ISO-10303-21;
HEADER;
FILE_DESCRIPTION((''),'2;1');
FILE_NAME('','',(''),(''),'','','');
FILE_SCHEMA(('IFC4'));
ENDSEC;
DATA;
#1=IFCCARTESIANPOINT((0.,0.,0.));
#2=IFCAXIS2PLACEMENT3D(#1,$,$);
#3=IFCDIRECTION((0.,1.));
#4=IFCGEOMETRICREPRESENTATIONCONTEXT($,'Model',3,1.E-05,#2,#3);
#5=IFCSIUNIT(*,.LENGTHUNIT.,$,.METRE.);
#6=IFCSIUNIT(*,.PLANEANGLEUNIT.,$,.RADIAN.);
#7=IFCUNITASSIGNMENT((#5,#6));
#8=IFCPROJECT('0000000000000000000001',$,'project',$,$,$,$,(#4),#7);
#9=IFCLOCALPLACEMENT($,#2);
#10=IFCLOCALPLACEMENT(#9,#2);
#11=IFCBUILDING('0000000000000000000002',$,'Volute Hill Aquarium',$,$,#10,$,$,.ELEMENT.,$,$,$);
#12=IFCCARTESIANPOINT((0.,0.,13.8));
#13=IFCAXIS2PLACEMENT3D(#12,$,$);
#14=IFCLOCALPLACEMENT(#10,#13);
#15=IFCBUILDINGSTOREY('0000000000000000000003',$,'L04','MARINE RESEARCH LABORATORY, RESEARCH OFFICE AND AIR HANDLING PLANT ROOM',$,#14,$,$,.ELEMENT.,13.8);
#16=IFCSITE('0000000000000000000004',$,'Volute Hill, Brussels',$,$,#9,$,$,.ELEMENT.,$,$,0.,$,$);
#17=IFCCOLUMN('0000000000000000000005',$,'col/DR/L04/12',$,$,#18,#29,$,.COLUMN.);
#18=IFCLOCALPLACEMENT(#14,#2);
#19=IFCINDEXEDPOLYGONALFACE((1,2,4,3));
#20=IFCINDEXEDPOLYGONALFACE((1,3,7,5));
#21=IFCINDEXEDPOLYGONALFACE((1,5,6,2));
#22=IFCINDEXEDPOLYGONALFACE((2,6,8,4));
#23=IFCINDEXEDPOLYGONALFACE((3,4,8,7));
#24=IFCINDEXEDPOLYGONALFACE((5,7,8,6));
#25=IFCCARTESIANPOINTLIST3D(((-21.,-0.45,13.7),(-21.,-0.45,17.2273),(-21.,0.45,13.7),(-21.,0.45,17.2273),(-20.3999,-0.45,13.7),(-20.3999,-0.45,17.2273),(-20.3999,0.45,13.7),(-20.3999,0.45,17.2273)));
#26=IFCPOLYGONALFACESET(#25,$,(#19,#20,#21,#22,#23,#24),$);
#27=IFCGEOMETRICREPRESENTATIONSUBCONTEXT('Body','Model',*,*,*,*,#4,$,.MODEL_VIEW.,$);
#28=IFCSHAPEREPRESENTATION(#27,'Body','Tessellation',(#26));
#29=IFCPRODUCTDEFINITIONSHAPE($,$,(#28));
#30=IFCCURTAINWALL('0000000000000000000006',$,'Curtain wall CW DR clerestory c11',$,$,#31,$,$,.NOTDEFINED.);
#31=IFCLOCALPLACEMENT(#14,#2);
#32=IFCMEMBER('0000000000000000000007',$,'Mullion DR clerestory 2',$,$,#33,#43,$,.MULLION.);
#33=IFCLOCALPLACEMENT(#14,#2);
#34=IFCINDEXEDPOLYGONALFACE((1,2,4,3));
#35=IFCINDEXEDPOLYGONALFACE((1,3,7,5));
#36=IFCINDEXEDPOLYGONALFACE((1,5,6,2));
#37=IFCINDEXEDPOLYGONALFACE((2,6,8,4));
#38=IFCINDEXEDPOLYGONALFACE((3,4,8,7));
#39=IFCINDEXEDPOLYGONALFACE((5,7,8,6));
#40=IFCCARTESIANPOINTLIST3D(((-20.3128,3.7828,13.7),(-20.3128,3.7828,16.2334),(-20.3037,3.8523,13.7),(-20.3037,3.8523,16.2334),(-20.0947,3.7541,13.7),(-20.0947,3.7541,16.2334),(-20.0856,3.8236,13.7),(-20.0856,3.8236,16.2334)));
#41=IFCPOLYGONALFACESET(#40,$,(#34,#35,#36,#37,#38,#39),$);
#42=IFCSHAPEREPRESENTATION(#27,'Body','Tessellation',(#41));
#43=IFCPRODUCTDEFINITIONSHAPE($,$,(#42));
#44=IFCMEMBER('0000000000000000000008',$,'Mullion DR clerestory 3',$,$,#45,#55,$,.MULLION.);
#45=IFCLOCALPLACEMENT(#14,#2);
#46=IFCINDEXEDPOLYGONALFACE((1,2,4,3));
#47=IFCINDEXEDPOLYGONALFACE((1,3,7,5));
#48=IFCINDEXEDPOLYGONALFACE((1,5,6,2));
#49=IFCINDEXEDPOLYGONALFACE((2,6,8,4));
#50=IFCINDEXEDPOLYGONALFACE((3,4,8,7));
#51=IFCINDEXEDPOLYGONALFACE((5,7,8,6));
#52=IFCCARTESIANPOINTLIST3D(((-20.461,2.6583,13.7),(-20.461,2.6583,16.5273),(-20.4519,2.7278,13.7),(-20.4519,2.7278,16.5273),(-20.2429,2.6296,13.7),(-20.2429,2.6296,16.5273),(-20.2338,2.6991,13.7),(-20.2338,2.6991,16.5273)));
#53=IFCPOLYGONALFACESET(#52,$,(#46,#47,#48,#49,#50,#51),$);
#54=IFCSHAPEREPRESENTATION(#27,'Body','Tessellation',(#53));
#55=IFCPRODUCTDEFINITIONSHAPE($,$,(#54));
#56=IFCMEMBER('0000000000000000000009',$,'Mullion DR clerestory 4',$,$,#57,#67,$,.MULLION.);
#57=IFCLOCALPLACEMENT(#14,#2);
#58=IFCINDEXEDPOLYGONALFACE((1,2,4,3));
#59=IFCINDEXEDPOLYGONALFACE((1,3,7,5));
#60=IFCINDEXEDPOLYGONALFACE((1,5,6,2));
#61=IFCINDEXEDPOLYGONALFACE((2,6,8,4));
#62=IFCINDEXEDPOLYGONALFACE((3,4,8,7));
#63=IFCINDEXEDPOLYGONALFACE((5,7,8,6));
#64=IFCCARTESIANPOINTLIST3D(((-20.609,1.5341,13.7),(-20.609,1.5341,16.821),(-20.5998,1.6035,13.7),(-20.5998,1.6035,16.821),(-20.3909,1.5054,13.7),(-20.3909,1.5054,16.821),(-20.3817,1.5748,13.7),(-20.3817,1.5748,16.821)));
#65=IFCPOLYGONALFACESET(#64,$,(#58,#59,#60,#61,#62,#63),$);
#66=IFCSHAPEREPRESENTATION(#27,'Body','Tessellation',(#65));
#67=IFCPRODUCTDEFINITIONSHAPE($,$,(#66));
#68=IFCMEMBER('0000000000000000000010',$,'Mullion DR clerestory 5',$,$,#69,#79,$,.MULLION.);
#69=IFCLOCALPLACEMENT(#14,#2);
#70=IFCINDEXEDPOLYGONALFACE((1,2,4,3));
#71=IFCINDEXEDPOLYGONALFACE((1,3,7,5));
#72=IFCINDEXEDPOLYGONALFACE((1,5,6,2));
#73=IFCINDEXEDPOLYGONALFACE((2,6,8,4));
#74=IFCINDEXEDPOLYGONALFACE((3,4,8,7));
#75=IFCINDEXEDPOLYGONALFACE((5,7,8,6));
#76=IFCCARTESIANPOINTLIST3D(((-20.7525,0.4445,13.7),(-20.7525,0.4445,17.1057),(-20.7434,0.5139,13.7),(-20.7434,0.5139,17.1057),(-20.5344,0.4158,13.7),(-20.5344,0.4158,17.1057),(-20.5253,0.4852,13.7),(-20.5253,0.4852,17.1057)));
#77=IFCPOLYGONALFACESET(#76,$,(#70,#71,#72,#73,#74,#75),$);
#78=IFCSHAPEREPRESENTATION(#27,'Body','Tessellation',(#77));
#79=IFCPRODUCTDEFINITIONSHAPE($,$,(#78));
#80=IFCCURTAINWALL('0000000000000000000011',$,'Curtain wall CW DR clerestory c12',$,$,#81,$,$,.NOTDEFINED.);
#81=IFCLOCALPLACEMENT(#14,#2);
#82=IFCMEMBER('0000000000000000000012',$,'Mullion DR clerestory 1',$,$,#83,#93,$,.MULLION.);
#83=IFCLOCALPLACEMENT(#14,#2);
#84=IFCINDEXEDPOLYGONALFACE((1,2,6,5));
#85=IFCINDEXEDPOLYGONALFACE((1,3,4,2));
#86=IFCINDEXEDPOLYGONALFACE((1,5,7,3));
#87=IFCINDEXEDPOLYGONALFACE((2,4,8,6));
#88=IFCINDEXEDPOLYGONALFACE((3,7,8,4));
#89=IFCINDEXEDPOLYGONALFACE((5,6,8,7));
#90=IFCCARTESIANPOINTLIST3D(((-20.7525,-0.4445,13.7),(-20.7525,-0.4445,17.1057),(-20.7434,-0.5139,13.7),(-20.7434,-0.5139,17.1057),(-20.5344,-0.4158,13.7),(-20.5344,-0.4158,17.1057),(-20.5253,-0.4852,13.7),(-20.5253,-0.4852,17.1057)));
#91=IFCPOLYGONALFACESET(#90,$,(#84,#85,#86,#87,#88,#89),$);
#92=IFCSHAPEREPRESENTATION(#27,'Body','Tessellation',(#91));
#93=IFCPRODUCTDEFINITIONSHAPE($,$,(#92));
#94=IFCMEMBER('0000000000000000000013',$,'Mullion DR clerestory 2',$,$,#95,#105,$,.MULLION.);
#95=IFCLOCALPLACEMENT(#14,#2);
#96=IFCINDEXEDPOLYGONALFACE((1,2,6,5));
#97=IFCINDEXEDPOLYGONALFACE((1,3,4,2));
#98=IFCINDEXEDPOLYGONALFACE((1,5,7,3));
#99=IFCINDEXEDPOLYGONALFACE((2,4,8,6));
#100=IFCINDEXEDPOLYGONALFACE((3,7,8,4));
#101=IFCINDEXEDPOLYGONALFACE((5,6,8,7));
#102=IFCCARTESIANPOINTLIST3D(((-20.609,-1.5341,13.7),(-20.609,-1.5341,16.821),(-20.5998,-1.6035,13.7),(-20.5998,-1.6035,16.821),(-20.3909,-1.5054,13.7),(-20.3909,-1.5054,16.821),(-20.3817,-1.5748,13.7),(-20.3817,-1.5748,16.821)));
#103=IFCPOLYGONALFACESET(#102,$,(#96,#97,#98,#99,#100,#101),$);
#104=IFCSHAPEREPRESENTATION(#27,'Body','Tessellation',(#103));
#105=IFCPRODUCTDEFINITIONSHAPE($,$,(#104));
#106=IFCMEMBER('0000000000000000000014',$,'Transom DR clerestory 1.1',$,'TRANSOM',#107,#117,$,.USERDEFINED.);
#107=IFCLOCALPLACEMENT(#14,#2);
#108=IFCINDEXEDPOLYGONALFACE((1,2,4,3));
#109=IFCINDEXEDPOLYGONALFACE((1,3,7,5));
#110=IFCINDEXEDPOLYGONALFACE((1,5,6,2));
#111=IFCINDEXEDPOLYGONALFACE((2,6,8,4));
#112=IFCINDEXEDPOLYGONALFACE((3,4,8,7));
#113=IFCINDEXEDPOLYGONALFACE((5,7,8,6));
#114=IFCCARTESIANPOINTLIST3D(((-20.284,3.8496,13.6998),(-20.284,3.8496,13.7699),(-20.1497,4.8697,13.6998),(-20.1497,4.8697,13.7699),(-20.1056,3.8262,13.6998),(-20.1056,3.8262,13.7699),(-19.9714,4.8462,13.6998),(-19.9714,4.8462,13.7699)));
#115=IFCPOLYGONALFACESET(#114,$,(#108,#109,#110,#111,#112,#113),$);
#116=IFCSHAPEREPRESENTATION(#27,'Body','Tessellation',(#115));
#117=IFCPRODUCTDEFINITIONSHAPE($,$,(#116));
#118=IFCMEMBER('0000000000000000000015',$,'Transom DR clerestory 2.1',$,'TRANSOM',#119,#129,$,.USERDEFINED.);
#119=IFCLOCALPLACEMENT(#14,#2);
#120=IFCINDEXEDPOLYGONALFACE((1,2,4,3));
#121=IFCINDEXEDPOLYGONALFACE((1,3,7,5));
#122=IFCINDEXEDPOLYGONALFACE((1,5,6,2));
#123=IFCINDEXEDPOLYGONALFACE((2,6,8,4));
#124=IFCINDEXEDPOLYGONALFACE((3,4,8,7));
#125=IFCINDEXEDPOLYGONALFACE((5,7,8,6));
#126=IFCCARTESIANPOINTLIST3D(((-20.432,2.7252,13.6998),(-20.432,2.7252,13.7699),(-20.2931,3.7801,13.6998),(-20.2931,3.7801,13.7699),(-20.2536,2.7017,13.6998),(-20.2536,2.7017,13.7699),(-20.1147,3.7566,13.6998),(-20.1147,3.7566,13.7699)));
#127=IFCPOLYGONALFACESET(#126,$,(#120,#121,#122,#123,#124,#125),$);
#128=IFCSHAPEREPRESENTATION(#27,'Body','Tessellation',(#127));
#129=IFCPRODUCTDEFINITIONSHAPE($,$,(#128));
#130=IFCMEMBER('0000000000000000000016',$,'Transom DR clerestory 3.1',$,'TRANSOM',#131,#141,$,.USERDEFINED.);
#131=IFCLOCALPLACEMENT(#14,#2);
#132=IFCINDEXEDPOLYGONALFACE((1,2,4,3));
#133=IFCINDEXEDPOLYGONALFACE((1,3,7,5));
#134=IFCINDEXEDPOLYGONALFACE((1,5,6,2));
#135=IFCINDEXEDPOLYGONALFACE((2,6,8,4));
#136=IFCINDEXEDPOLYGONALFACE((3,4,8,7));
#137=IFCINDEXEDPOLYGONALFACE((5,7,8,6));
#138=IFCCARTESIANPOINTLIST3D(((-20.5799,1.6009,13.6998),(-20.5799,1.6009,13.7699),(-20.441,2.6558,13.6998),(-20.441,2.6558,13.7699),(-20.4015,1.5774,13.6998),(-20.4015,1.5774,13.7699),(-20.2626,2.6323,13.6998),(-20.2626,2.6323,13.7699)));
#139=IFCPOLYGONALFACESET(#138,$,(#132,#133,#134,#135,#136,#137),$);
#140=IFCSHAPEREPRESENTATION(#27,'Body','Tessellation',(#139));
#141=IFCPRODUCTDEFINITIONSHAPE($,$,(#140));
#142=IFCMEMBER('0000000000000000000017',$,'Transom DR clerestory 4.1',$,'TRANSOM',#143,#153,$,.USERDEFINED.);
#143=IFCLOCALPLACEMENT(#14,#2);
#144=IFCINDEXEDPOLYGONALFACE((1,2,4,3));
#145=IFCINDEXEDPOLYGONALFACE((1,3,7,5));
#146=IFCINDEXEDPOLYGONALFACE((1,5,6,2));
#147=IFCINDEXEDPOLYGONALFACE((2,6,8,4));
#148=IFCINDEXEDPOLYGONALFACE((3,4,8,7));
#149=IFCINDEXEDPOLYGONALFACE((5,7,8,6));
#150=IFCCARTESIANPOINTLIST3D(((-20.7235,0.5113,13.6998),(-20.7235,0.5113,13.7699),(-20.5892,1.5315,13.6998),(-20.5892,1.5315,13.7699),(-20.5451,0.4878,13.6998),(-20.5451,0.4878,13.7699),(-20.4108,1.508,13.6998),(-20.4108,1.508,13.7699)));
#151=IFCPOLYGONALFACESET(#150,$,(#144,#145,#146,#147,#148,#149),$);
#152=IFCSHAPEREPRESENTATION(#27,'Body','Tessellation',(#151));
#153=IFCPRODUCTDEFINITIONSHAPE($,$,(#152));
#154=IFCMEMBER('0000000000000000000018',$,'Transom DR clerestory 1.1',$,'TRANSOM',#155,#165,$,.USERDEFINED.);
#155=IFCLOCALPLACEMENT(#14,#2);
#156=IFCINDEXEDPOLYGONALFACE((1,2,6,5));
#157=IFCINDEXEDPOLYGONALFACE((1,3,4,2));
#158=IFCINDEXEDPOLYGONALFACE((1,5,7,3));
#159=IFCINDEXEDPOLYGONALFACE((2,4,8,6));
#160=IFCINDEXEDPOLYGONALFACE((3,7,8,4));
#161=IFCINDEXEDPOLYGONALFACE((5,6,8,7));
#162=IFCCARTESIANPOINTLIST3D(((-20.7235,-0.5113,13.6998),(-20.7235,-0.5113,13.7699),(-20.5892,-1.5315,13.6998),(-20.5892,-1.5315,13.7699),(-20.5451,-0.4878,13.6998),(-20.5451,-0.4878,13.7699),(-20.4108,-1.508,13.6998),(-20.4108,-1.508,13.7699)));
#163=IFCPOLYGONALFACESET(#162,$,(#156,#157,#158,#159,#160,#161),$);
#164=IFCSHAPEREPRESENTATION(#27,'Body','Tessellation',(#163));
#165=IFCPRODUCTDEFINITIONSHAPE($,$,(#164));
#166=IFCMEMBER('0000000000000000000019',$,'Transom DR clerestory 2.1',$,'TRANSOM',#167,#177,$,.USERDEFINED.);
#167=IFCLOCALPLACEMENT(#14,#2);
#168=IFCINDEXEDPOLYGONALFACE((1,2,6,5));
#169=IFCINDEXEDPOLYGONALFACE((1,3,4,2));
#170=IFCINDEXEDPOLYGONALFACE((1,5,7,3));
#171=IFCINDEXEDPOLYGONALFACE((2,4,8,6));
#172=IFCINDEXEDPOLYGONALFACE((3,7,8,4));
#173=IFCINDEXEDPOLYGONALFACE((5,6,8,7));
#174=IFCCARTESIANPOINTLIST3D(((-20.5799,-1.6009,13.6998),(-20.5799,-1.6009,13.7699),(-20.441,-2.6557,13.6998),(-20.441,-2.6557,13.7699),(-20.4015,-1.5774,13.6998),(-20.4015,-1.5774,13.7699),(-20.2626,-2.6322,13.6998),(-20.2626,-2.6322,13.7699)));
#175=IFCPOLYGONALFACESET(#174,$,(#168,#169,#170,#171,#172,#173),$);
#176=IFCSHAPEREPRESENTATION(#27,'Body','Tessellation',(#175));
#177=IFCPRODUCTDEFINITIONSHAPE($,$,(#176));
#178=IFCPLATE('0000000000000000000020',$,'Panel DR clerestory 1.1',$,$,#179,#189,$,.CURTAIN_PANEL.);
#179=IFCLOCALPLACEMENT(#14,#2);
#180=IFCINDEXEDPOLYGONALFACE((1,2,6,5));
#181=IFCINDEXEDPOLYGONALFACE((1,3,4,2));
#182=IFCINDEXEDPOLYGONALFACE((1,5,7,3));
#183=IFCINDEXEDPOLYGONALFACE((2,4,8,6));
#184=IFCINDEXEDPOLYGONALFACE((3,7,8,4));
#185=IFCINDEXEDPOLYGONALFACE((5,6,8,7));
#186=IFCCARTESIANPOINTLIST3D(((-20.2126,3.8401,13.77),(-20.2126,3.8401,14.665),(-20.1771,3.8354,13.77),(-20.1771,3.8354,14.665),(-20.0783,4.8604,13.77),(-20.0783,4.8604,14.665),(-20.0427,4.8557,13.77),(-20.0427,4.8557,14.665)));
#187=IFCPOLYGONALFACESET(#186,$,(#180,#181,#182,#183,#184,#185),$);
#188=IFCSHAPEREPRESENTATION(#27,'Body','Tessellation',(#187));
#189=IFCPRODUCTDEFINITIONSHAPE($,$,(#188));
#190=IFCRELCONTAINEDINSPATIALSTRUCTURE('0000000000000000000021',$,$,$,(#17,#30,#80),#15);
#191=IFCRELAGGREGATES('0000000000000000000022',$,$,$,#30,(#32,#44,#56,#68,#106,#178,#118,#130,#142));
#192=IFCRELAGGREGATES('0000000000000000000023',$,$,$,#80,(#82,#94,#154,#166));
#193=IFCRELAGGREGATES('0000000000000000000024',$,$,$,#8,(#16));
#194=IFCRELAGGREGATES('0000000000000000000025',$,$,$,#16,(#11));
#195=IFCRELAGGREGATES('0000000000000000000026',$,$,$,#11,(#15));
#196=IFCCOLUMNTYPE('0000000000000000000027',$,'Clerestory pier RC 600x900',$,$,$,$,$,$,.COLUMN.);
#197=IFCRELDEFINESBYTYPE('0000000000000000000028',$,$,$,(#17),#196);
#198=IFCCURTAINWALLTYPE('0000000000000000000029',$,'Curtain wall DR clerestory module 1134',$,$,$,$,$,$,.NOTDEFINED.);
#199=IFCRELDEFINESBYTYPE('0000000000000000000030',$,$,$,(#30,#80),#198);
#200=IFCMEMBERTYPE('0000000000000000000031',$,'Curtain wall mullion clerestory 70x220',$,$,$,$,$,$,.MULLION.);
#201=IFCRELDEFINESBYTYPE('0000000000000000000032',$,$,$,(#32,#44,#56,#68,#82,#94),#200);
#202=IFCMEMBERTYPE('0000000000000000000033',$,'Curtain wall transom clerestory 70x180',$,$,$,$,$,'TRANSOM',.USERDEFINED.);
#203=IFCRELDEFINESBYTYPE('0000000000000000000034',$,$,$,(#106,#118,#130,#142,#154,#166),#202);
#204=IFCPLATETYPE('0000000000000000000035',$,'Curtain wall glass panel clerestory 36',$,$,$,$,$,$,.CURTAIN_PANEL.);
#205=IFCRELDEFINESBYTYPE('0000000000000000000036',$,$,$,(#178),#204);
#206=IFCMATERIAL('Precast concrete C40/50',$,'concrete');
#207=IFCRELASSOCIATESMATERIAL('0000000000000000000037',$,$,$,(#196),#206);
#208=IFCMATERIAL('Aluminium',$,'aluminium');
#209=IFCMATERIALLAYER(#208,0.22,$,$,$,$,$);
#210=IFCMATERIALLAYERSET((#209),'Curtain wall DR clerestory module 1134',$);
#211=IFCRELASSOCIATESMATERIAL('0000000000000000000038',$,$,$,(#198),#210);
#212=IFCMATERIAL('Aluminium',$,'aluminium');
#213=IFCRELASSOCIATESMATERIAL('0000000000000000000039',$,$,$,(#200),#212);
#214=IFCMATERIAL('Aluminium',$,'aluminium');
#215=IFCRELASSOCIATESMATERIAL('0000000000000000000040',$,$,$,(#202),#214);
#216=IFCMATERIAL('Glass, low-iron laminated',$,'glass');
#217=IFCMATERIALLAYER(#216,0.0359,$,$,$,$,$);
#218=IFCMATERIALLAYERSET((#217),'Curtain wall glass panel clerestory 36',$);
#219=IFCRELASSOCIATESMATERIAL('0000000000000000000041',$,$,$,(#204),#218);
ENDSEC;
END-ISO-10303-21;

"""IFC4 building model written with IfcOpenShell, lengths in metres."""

from ifc_helpers import new_model, si_unit, direction, frame, origin, origin_2d, place, context, subcontext, project, spatial, rectangle, extrude, material, layer, layer_set, material_profile, profile_set, type_object, element, aggregate, save


model = new_model("IFC4")

# Units and contexts
model_context = context("Model", 3, precision=1e-05, world=origin(), true_north=direction((0.0, 1.0)))
body_context = subcontext(model_context, "Body", "Model", "MODEL_VIEW")
ifc_project = project(units=[si_unit("LENGTHUNIT", "METRE"), si_unit("PLANEANGLEUNIT", "RADIAN")], contexts=[model_context])

# Site, building, storey
site_placement = place(None, origin())
site = spatial("IfcSite", under=ifc_project, at=site_placement, Name="Volute Hill, Brussels", CompositionType="ELEMENT", RefElevation=0.0)
building_placement = place(site_placement, origin())
building = spatial("IfcBuilding", under=site, at=building_placement, Name="Volute Hill Aquarium", CompositionType="ELEMENT")
storey_placement = place(building_placement, frame((0.0, 0.0, 13.8)))
storey = spatial("IfcBuildingStorey", under=building, at=storey_placement, Name="L04", Description="MARINE RESEARCH LABORATORY, RESEARCH OFFICE AND AIR HANDLING PLANT ROOM", CompositionType="ELEMENT", Elevation=13.8)

# Column
ifc_material_1 = material(Name="Precast concrete C40/50", Category="concrete")
ifc_material_profile_1 = material_profile(ifc_material_1, rectangle(XDim=0.6001, YDim=0.8999, at=origin_2d()), Name="RC pier 600x900")
ifc_profile_set_1 = profile_set([ifc_material_profile_1], Name="Precast concrete C40/50")
column_type = type_object("IfcColumnType", Name="Clerestory pier RC 600x900", PredefinedType="COLUMN", material=ifc_profile_set_1)
column_placement = place(storey_placement, frame((-20.7, 0.0, 13.7), z_axis=(0.0, 0.0, 1.0), x_axis=(-1.0, 0.0, 0.0)))
element("IfcColumn", 1, at=column_placement, inside=storey, type_object=column_type, Name="col/DR/L04/12", PredefinedType="COLUMN", context=body_context, shape_type="SweptSolid", body=[
    extrude(rectangle(XDim=0.6001, YDim=0.8999, at=origin_2d()), origin(), (0.0, 0.0, 1.0), 3.5273),
])

# Curtain walls, members
ifc_material_2 = material(Name="Aluminium", Category="aluminium")
ifc_layer_1 = layer(ifc_material_2, 0.22)
ifc_layer_set_1 = layer_set([ifc_layer_1], Name="Curtain wall DR clerestory module 1134")
curtain_wall_type = type_object("IfcCurtainWallType", Name="Curtain wall DR clerestory module 1134", PredefinedType="NOTDEFINED", material=ifc_layer_set_1)
curtain_wall_1_placement = place(storey_placement, origin())
curtain_wall_1 = element("IfcCurtainWall", 2, at=curtain_wall_1_placement, inside=storey, type_object=curtain_wall_type, Name="Curtain wall CW DR clerestory c11", PredefinedType="NOTDEFINED")
ifc_material_3 = material(Name="Aluminium", Category="aluminium")
ifc_material_profile_2 = material_profile(ifc_material_3, rectangle(XDim=0.22, YDim=0.0701, at=origin_2d()), Name="Curtain wall mullion clerestory 70x220")
ifc_profile_set_2 = profile_set([ifc_material_profile_2], Name="Aluminium")
member_type_1 = type_object("IfcMemberType", Name="Curtain wall mullion clerestory 70x220", PredefinedType="MULLION", material=ifc_profile_set_2)
member_1_placement = place(storey_placement, frame((-20.1992, 3.8032, 13.7), z_axis=(0.0, 0.0, 1.0), x_axis=(0.991446, -0.130519, 0.0)))
member_1 = element("IfcMember", 3, at=member_1_placement, type_object=member_type_1, Name="Mullion DR clerestory 2", PredefinedType="MULLION", context=body_context, shape_type="SweptSolid", body=[
    extrude(rectangle(XDim=0.22, YDim=0.0701, at=origin_2d()), origin(), (0.0, 0.0, 1.0), 2.5334),
])
member_2_placement = place(storey_placement, frame((-20.3474, 2.6787, 13.7), z_axis=(0.0, 0.0, 1.0), x_axis=(0.991446, -0.130519, 0.0)))
member_2 = element("IfcMember", 4, at=member_2_placement, type_object=member_type_1, Name="Mullion DR clerestory 3", PredefinedType="MULLION", context=body_context, shape_type="SweptSolid", body=[
    extrude(rectangle(XDim=0.22, YDim=0.0701, at=origin_2d()), origin(), (0.0, 0.0, 1.0), 2.8274),
])
member_3_placement = place(storey_placement, frame((-20.4954, 1.5544, 13.7), z_axis=(0.0, 0.0, 1.0), x_axis=(0.991446, -0.130519, 0.0)))
member_3 = element("IfcMember", 5, at=member_3_placement, type_object=member_type_1, Name="Mullion DR clerestory 4", PredefinedType="MULLION", context=body_context, shape_type="SweptSolid", body=[
    extrude(rectangle(XDim=0.22, YDim=0.0701, at=origin_2d()), origin(), (0.0, 0.0, 1.0), 3.1211),
])
member_4_placement = place(storey_placement, frame((-20.6389, 0.4648, 13.7), z_axis=(0.0, 0.0, 1.0), x_axis=(0.991446, -0.130519, 0.0)))
member_4 = element("IfcMember", 6, at=member_4_placement, type_object=member_type_1, Name="Mullion DR clerestory 5", PredefinedType="MULLION", context=body_context, shape_type="SweptSolid", body=[
    extrude(rectangle(XDim=0.22, YDim=0.0701, at=origin_2d()), origin(), (0.0, 0.0, 1.0), 3.4058),
])
curtain_wall_2_placement = place(storey_placement, origin())
curtain_wall_2 = element("IfcCurtainWall", 7, at=curtain_wall_2_placement, inside=storey, type_object=curtain_wall_type, Name="Curtain wall CW DR clerestory c12", PredefinedType="NOTDEFINED")
member_5_placement = place(storey_placement, frame((-20.6389, -0.4648, 13.7), z_axis=(0.0, 0.0, 1.0), x_axis=(0.991446, 0.130519, 0.0)))
member_5 = element("IfcMember", 8, at=member_5_placement, type_object=member_type_1, Name="Mullion DR clerestory 1", PredefinedType="MULLION", context=body_context, shape_type="SweptSolid", body=[
    extrude(rectangle(XDim=0.22, YDim=0.0701, at=origin_2d()), origin(), (0.0, 0.0, 1.0), 3.4058),
])
member_6_placement = place(storey_placement, frame((-20.4954, -1.5544, 13.7), z_axis=(0.0, 0.0, 1.0), x_axis=(0.991446, 0.130519, 0.0)))
member_6 = element("IfcMember", 9, at=member_6_placement, type_object=member_type_1, Name="Mullion DR clerestory 2", PredefinedType="MULLION", context=body_context, shape_type="SweptSolid", body=[
    extrude(rectangle(XDim=0.22, YDim=0.0701, at=origin_2d()), origin(), (0.0, 0.0, 1.0), 3.1211),
])

# Members
ifc_material_4 = material(Name="Aluminium", Category="aluminium")
ifc_material_profile_3 = material_profile(ifc_material_4, rectangle(XDim=0.1799, YDim=0.0701, at=origin_2d()), Name="Curtain wall transom clerestory 70x180")
ifc_profile_set_3 = profile_set([ifc_material_profile_3], Name="Aluminium")
member_type_2 = type_object("IfcMemberType", Name="Curtain wall transom clerestory 70x180", ElementType="TRANSOM", PredefinedType="USERDEFINED", material=ifc_profile_set_3)
member_7_placement = place(storey_placement, frame((-20.0605, 4.8579, 13.7349), z_axis=(-0.130516, -0.991446, 0.0), x_axis=(0.991446, -0.130516, 0.0)))
member_7 = element("IfcMember", 10, at=member_7_placement, type_object=member_type_2, Name="Transom DR clerestory 1.1", ObjectType="TRANSOM", PredefinedType="USERDEFINED", context=body_context, shape_type="SweptSolid", body=[
    extrude(rectangle(XDim=0.1799, YDim=0.0701, at=origin_2d()), origin(), (0.0, 0.0, 1.0), 1.0288),
])
member_8_placement = place(storey_placement, frame((-20.2039, 3.7683, 13.7349), z_axis=(-0.130555, -0.991441, 0.0), x_axis=(0.991441, -0.130555, 0.0)))
member_8 = element("IfcMember", 11, at=member_8_placement, type_object=member_type_2, Name="Transom DR clerestory 2.1", ObjectType="TRANSOM", PredefinedType="USERDEFINED", context=body_context, shape_type="SweptSolid", body=[
    extrude(rectangle(XDim=0.1799, YDim=0.0701, at=origin_2d()), origin(), (0.0, 0.0, 1.0), 1.064),
])
member_9_placement = place(storey_placement, frame((-20.3518, 2.644, 13.7349), z_axis=(-0.130555, -0.991441, 0.0), x_axis=(0.991441, -0.130555, 0.0)))
member_9 = element("IfcMember", 12, at=member_9_placement, type_object=member_type_2, Name="Transom DR clerestory 3.1", ObjectType="TRANSOM", PredefinedType="USERDEFINED", context=body_context, shape_type="SweptSolid", body=[
    extrude(rectangle(XDim=0.1799, YDim=0.0701, at=origin_2d()), origin(), (0.0, 0.0, 1.0), 1.064),
])
member_10_placement = place(storey_placement, frame((-20.5, 1.5198, 13.7349), z_axis=(-0.130485, -0.99145, 0.0), x_axis=(0.99145, -0.130485, 0.0)))
member_10 = element("IfcMember", 13, at=member_10_placement, type_object=member_type_2, Name="Transom DR clerestory 4.1", ObjectType="TRANSOM", PredefinedType="USERDEFINED", context=body_context, shape_type="SweptSolid", body=[
    extrude(rectangle(XDim=0.1799, YDim=0.0701, at=origin_2d()), origin(), (0.0, 0.0, 1.0), 1.0291),
])
member_11_placement = place(storey_placement, frame((-20.6343, -0.4995, 13.7349), z_axis=(0.130485, -0.99145, 0.0), x_axis=(0.99145, 0.130485, 0.0)))
member_11 = element("IfcMember", 14, at=member_11_placement, type_object=member_type_2, Name="Transom DR clerestory 1.1", ObjectType="TRANSOM", PredefinedType="USERDEFINED", context=body_context, shape_type="SweptSolid", body=[
    extrude(rectangle(XDim=0.1799, YDim=0.0701, at=origin_2d()), origin(), (0.0, 0.0, 1.0), 1.0291),
])
member_12_placement = place(storey_placement, frame((-20.4907, -1.5891, 13.7349), z_axis=(0.130555, -0.991441, 0.0), x_axis=(0.991441, 0.130555, 0.0)))
member_12 = element("IfcMember", 15, at=member_12_placement, type_object=member_type_2, Name="Transom DR clerestory 2.1", ObjectType="TRANSOM", PredefinedType="USERDEFINED", context=body_context, shape_type="SweptSolid", body=[
    extrude(rectangle(XDim=0.1799, YDim=0.0701, at=origin_2d()), origin(), (0.0, 0.0, 1.0), 1.064),
])

# Plate
ifc_material_5 = material(Name="Glass, low-iron laminated", Category="glass")
ifc_layer_2 = layer(ifc_material_5, 0.0359)
ifc_layer_set_2 = layer_set([ifc_layer_2], Name="Curtain wall glass panel clerestory 36")
plate_type = type_object("IfcPlateType", Name="Curtain wall glass panel clerestory 36", PredefinedType="CURTAIN_PANEL", material=ifc_layer_set_2)
plate_1_placement = place(storey_placement, frame((-20.1277, 4.3479, 13.77), z_axis=(0.0, 0.0, 1.0), x_axis=(-0.130519, -0.991446, 0.0)))
plate_1 = element("IfcPlate", 16, at=plate_1_placement, type_object=plate_type, Name="Panel DR clerestory 1.1", PredefinedType="CURTAIN_PANEL", context=body_context, shape_type="SweptSolid", body=[
    extrude(rectangle(XDim=1.0291, YDim=0.0359, at=origin_2d()), origin(), (0.0, 0.0, 1.0), 0.895),
])
aggregate(curtain_wall_1, [member_1, member_2, member_3, member_4, member_7, plate_1, member_8, member_9, member_10])
aggregate(curtain_wall_2, [member_5, member_6, member_11, member_12])

save(model, "model.ifc")
